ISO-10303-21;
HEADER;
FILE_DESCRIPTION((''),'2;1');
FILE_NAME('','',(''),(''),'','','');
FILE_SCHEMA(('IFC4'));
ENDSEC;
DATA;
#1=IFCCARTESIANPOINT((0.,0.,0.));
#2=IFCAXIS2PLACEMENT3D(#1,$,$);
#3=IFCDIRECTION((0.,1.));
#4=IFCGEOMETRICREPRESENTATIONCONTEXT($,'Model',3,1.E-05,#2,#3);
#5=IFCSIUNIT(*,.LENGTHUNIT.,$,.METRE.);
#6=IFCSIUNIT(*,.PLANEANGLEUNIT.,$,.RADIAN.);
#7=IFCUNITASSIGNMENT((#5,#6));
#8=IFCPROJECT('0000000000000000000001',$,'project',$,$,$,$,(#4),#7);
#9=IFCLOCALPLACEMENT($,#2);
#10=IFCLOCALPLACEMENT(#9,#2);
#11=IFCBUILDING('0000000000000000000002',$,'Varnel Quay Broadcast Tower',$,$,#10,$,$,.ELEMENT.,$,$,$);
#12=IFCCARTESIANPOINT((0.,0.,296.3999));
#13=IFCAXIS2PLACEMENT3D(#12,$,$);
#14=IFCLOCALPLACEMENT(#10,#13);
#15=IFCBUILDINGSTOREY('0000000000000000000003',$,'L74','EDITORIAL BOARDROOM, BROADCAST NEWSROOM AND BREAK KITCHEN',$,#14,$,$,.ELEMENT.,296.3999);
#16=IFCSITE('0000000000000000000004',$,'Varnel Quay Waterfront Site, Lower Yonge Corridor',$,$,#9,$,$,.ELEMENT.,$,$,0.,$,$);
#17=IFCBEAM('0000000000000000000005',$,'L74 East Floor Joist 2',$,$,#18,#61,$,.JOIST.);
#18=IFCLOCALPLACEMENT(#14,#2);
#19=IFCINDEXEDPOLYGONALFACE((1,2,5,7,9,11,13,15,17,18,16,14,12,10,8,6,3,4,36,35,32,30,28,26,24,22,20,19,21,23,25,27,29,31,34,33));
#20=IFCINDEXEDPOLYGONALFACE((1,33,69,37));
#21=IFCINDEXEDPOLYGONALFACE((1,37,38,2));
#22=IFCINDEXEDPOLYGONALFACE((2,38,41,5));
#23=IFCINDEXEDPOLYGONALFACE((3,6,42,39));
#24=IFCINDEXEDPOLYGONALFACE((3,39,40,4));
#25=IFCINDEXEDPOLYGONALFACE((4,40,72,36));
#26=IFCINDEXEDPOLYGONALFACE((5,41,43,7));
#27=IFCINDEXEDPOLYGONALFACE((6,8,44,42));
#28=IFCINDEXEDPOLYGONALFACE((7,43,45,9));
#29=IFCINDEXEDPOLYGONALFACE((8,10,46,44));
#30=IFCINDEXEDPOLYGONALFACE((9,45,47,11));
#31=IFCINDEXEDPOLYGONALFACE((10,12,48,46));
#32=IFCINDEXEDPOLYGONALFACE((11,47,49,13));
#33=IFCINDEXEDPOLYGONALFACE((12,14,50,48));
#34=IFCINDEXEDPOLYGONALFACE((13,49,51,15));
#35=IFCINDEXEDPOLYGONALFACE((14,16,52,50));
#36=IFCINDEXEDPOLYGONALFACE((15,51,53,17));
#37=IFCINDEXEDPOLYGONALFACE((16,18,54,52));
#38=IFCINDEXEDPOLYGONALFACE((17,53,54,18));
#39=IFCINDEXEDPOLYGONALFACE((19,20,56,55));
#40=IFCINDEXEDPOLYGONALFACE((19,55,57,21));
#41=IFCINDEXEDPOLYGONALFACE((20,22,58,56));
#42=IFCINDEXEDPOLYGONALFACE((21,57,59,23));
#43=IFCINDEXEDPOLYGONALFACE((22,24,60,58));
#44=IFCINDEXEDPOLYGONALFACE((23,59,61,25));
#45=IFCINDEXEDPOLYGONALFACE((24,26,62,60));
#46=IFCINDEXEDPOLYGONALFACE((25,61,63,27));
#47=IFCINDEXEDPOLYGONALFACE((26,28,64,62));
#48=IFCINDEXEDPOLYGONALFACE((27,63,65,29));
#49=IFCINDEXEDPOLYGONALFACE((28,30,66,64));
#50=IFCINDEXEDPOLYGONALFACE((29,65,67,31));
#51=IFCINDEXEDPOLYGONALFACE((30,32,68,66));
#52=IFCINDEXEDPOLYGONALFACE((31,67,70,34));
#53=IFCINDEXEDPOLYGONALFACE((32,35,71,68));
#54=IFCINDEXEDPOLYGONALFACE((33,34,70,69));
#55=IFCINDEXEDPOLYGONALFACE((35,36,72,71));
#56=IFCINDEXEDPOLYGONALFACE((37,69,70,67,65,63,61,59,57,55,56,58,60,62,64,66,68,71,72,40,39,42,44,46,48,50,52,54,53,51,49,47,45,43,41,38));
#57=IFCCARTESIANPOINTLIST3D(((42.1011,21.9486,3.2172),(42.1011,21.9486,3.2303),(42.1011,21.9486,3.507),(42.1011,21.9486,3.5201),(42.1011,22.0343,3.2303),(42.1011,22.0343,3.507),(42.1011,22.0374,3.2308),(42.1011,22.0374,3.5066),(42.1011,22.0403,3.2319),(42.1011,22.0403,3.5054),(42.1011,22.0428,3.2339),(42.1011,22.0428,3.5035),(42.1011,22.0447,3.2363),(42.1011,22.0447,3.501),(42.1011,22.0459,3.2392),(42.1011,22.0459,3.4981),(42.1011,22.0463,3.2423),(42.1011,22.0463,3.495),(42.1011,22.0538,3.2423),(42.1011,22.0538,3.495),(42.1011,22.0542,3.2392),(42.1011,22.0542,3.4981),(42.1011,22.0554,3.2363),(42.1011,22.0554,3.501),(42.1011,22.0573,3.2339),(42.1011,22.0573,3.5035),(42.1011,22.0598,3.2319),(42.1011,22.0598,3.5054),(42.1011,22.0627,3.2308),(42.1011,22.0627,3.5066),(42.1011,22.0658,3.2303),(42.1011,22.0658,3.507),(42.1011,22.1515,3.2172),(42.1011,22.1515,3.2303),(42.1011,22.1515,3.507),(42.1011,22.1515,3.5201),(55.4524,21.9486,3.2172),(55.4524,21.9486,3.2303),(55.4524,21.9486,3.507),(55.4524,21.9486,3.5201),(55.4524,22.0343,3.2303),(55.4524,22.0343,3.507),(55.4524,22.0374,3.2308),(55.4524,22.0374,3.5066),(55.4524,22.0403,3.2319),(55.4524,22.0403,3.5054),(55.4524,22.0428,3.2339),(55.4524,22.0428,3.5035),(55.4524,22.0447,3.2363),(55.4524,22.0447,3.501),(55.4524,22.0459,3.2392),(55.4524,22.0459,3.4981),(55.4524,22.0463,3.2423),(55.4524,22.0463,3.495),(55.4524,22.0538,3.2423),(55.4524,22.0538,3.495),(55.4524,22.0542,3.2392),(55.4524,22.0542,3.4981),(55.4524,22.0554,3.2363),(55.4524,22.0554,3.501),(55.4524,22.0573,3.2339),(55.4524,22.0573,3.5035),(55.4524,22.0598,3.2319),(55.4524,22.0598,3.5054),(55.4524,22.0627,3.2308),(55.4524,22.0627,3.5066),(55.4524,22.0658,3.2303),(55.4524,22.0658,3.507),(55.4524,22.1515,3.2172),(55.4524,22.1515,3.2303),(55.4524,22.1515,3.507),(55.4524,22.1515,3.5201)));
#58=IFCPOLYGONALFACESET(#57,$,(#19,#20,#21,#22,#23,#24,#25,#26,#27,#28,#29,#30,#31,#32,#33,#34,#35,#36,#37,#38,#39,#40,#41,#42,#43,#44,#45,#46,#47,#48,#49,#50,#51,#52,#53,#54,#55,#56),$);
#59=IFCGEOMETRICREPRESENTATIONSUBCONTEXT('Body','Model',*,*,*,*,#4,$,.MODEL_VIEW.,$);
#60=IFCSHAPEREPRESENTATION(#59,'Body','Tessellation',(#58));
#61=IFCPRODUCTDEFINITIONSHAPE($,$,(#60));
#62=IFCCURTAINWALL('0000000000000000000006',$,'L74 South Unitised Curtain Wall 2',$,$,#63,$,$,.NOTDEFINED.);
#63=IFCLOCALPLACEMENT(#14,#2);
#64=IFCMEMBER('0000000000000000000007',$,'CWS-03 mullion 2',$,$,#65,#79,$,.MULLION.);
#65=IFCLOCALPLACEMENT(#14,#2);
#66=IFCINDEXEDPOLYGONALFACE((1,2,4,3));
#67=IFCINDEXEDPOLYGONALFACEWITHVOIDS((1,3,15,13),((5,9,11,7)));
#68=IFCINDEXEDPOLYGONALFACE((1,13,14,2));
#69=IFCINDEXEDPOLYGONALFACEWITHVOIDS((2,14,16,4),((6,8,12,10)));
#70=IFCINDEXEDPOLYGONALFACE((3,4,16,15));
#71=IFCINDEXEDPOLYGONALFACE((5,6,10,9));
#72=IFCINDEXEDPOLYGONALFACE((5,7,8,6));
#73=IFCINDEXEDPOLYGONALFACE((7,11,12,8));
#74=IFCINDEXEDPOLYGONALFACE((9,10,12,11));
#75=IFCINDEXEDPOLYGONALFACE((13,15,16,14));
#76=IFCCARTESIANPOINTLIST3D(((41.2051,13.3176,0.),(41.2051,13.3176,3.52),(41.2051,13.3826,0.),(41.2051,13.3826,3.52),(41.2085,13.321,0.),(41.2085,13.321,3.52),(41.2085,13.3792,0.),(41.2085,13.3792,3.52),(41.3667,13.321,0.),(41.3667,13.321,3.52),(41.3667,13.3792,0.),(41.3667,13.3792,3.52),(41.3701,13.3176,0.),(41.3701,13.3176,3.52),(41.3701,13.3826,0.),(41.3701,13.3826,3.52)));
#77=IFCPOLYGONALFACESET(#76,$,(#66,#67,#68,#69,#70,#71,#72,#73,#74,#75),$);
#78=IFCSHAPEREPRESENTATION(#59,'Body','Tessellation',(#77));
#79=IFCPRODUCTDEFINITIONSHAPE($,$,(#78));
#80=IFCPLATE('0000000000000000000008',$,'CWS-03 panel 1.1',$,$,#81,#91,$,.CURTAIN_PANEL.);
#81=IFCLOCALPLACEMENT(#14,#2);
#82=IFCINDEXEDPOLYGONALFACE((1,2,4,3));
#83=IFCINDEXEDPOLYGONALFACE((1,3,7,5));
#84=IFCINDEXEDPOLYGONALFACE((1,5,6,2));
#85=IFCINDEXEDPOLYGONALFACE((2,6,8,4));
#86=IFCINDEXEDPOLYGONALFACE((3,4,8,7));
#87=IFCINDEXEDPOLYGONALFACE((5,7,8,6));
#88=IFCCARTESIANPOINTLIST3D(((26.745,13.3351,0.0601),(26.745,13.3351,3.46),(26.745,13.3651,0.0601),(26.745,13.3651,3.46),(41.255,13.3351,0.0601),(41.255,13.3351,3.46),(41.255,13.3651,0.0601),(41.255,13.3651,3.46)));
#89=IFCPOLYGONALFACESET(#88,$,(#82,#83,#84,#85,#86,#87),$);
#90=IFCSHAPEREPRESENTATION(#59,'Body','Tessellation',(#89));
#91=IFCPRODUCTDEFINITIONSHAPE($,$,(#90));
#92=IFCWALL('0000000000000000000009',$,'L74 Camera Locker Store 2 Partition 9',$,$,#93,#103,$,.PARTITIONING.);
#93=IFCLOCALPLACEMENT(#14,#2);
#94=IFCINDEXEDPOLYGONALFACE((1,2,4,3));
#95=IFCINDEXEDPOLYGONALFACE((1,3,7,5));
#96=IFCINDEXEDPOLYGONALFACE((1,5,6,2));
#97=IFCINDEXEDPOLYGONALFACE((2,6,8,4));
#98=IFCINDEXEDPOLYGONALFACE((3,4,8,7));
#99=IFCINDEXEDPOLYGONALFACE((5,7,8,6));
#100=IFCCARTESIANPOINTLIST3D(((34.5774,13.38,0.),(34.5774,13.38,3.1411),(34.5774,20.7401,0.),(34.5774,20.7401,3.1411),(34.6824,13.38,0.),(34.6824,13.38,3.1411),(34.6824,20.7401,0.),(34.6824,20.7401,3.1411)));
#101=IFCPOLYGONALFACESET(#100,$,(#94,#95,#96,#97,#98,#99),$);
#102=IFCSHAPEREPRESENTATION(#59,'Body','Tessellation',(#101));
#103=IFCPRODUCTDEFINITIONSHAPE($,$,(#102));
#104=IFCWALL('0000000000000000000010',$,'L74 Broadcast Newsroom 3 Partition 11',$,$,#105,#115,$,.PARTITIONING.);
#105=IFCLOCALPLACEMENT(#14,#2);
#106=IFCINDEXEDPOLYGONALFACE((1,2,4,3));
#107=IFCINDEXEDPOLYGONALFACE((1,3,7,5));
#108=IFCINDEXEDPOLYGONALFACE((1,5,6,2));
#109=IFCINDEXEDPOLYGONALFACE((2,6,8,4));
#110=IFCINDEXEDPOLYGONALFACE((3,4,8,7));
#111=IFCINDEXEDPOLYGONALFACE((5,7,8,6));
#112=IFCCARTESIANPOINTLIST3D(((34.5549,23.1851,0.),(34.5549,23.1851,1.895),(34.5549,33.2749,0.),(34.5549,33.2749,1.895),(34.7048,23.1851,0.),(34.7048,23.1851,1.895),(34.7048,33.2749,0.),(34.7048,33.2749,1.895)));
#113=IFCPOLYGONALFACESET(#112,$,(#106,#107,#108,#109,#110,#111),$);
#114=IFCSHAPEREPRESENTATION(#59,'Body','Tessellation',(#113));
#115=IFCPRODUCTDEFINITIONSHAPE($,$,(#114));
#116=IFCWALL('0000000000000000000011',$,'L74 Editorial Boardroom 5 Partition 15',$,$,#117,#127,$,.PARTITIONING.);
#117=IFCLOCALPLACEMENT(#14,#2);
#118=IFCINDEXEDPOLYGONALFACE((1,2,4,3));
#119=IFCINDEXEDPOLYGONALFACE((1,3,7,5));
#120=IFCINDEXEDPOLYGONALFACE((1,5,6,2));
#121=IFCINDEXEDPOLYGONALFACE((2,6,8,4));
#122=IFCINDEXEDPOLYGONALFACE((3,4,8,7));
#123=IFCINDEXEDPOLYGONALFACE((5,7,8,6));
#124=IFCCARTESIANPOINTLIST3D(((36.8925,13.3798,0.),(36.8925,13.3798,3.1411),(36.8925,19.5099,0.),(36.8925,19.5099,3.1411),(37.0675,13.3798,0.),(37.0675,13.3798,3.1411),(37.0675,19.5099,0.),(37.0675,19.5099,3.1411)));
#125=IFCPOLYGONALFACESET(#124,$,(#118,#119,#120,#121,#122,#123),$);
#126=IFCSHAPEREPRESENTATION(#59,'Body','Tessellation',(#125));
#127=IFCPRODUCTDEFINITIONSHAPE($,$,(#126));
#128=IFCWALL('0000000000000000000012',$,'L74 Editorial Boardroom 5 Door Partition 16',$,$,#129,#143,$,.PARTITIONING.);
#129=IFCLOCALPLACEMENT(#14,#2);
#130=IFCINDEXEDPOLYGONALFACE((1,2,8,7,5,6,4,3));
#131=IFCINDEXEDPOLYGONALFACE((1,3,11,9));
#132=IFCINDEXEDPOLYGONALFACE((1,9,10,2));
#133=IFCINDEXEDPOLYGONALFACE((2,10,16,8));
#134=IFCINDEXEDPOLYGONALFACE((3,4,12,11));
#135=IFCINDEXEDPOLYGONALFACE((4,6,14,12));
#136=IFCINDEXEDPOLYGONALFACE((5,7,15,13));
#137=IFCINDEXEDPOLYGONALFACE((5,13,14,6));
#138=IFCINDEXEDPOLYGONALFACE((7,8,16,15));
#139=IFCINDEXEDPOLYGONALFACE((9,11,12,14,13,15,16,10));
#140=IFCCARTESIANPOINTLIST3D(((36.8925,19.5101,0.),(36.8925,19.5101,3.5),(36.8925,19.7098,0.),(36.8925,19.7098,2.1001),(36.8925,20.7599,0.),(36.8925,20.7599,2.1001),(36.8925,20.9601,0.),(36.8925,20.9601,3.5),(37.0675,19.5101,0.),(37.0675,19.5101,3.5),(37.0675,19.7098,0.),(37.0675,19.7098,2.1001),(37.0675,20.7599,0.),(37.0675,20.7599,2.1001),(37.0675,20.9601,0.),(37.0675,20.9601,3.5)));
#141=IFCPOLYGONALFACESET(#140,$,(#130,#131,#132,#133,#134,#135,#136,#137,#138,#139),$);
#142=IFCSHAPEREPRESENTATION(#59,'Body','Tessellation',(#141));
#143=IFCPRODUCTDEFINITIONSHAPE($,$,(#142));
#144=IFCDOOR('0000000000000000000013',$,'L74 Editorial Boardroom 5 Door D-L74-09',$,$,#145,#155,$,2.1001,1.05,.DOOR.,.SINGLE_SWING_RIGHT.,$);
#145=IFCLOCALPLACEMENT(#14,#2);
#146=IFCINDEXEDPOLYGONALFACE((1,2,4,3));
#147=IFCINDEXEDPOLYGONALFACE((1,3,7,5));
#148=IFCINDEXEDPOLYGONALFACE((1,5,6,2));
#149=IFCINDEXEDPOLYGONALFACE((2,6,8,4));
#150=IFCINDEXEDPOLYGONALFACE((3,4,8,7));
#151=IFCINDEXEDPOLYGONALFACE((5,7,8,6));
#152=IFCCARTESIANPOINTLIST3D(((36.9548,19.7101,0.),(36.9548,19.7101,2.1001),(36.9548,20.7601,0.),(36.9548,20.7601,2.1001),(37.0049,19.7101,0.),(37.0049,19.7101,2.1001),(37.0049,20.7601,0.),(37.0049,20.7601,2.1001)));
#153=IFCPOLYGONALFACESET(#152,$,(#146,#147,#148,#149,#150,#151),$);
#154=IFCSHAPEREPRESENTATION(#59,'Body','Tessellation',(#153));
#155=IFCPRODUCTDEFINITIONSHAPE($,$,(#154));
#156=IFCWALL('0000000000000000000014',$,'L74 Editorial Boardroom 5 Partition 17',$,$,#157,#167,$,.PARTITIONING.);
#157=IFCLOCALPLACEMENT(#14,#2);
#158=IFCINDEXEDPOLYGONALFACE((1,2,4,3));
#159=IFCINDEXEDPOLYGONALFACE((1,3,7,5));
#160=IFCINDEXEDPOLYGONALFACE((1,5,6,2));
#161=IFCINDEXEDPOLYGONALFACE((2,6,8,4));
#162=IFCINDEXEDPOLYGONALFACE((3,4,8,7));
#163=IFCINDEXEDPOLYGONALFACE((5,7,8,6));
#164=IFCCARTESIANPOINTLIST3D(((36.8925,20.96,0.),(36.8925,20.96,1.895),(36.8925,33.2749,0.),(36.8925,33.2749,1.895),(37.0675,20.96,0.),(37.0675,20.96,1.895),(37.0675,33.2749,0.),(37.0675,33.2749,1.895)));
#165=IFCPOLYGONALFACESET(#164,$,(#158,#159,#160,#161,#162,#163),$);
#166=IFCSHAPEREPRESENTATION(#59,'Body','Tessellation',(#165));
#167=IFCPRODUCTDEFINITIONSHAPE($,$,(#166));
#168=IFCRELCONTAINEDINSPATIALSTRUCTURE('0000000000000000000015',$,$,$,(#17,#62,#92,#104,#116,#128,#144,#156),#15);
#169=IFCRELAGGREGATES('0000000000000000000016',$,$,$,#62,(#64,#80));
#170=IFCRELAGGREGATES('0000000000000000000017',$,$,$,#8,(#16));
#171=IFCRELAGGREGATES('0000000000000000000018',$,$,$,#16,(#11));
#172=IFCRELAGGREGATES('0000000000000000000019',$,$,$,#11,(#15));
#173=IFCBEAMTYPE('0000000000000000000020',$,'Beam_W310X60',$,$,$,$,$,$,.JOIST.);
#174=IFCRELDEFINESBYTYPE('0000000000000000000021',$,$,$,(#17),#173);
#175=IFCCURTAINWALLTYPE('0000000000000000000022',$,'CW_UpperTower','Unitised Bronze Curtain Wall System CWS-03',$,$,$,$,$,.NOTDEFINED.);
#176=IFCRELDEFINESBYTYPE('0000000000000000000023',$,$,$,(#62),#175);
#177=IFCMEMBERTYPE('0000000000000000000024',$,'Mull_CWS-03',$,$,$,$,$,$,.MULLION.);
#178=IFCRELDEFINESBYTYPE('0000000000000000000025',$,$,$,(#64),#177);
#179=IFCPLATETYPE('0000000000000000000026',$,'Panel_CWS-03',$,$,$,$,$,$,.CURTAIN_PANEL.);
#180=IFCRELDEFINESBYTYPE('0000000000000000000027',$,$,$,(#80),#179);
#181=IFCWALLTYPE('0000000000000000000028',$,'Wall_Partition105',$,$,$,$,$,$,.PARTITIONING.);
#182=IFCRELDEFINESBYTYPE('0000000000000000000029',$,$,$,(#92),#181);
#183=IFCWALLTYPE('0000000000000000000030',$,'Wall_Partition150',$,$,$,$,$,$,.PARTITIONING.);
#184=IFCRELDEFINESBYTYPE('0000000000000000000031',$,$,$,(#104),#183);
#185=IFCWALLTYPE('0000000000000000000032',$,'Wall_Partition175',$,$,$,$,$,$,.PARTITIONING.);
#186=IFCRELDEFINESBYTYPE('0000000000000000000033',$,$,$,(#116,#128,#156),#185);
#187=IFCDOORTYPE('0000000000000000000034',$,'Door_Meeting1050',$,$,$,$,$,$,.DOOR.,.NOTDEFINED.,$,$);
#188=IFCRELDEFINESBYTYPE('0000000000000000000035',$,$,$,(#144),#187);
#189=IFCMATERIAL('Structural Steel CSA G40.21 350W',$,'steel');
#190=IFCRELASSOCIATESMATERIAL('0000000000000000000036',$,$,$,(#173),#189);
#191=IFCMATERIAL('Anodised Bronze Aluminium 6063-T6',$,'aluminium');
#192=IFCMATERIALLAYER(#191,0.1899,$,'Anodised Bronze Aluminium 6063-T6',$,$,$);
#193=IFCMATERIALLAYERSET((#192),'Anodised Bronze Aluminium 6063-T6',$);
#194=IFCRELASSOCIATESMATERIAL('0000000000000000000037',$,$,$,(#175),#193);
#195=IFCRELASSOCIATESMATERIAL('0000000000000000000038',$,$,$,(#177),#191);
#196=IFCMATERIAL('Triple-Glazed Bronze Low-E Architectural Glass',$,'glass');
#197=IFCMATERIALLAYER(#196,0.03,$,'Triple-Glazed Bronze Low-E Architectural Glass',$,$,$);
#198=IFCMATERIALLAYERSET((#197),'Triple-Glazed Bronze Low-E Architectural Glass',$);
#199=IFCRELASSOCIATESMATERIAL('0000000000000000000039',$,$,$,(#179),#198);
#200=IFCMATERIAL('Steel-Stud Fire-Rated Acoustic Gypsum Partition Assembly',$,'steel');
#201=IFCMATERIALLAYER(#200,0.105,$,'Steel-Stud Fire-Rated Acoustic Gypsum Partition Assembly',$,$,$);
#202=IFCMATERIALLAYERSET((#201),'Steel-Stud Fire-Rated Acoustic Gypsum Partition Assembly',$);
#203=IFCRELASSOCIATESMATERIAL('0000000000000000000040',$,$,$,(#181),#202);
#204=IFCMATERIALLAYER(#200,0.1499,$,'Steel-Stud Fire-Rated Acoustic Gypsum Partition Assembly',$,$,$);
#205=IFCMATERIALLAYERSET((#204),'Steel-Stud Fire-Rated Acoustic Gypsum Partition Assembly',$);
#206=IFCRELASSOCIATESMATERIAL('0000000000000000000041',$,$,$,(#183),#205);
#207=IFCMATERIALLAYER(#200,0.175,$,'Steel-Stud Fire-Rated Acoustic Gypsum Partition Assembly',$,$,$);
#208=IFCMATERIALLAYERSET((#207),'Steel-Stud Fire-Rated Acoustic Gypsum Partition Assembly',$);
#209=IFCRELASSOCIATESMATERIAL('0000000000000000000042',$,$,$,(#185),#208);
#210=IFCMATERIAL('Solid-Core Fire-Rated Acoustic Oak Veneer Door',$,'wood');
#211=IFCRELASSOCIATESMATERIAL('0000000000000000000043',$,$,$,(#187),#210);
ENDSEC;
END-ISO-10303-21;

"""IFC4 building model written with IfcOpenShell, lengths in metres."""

from ifc_helpers import new_model, si_unit, direction, frame, frame_2d, origin, origin_2d, place, context, subcontext, project, spatial, rectangle, hollow_rectangle, i_section, extrude, source, transform, mapped, material, layer, layer_set, material_profile, profile_set, type_object, type_shapes, element, fill, aggregate, save


model = new_model("IFC4")

# Units and contexts
model_context = context("Model", 3, precision=1e-05, world=origin(), true_north=direction((0.0, 1.0)))
body_context = subcontext(model_context, "Body", "Model", "MODEL_VIEW")
ifc_project = project(units=[si_unit("LENGTHUNIT", "METRE"), si_unit("PLANEANGLEUNIT", "RADIAN")], contexts=[model_context])

# Site, building, storey
site_placement = place(None, origin())
site = spatial("IfcSite", under=ifc_project, at=site_placement, Name="Varnel Quay Waterfront Site, Lower Yonge Corridor", CompositionType="ELEMENT", RefElevation=0.0)
building_placement = place(site_placement, origin())
building = spatial("IfcBuilding", under=site, at=building_placement, Name="Varnel Quay Broadcast Tower", CompositionType="ELEMENT")
storey_placement = place(building_placement, frame((0.0, 0.0, 296.3999)))
storey = spatial("IfcBuildingStorey", under=building, at=storey_placement, Name="L74", Description="EDITORIAL BOARDROOM, BROADCAST NEWSROOM AND BREAK KITCHEN", CompositionType="ELEMENT", Elevation=296.3999)

# Shared definitions
ifc_material_1 = material(Name="Structural Steel CSA G40.21 350W", Category="steel")

# Beam
ifc_material_profile_1 = material_profile(ifc_material_1, i_section(OverallWidth=0.2029, OverallDepth=0.303, WebThickness=0.0076, FlangeThickness=0.0132, FilletRadius=0.012, at=origin_2d()), Name="W310X60")
ifc_profile_set_1 = profile_set([ifc_material_profile_1], Name="Structural Steel CSA G40.21 350W")
beam_type_1 = type_object("IfcBeamType", Name="Beam_W310X60", PredefinedType="JOIST", material=ifc_profile_set_1)
shared_shape_1 = source(origin(), body_context, "Body", "SweptSolid", [
    extrude(i_section(OverallWidth=0.2029, OverallDepth=0.303, WebThickness=0.0076, FlangeThickness=0.0132, FilletRadius=0.012, at=origin_2d()), origin(), (0.0, 0.0, 1.0), 13.3513),
])
type_shapes(beam_type_1, [shared_shape_1])
beam_1_placement = place(storey_placement, frame((42.1011, 22.05, 3.3687), z_axis=(1.0, 0.0, 0.0), x_axis=(0.0, 1.0, 0.0)))
element("IfcBeam", 1, at=beam_1_placement, inside=storey, type_object=beam_type_1, Name="L74 East Floor Joist 2", PredefinedType="JOIST", context=body_context, shape_type="MappedRepresentation", body=[
    mapped(shared_shape_1, transform((0.0, 0.0, 0.0), x_axis=(1.0, 0.0, 0.0), y_axis=(0.0, 1.0, 0.0), z_axis=(0.0, 0.0, 1.0), scale=1.0)),
])

# Curtain wall, member, plate
ifc_material_2 = material(Name="Anodised Bronze Aluminium 6063-T6", Category="aluminium")
ifc_layer_1 = layer(ifc_material_2, 0.1899, Name="Anodised Bronze Aluminium 6063-T6")
ifc_layer_set_1 = layer_set([ifc_layer_1], Name="Anodised Bronze Aluminium 6063-T6")
curtain_wall_type = type_object("IfcCurtainWallType", Name="CW_UpperTower", Description="Unitised Bronze Curtain Wall System CWS-03", PredefinedType="NOTDEFINED", material=ifc_layer_set_1)
curtain_wall_placement = place(storey_placement, origin())
curtain_wall = element("IfcCurtainWall", 2, at=curtain_wall_placement, inside=storey, type_object=curtain_wall_type, Name="L74 South Unitised Curtain Wall 2", PredefinedType="NOTDEFINED")
ifc_material_profile_2 = material_profile(ifc_material_2, hollow_rectangle(XDim=0.0649, YDim=0.165, WallThickness=0.0034, at=origin_2d()), Name="ALU65X165X3.5")
ifc_profile_set_2 = profile_set([ifc_material_profile_2], Name="Anodised Bronze Aluminium 6063-T6")
member_type = type_object("IfcMemberType", Name="Mull_CWS-03", PredefinedType="MULLION", material=ifc_profile_set_2)
shared_shape_2 = source(origin(), body_context, "Body", "SweptSolid", [
    extrude(hollow_rectangle(XDim=0.0649, YDim=0.165, WallThickness=0.0034, at=origin_2d()), origin(), (0.0, 0.0, 1.0), 3.52),
])
type_shapes(member_type, [shared_shape_2])
member_placement = place(storey_placement, frame((41.2876, 13.3501, 0.0), z_axis=(0.0, 0.0, 1.0), x_axis=(0.0, 1.0, 0.0)))
member = element("IfcMember", 3, at=member_placement, type_object=member_type, Name="CWS-03 mullion 2", PredefinedType="MULLION", context=body_context, shape_type="MappedRepresentation", body=[
    mapped(shared_shape_2, transform((0.0, 0.0, 0.0), x_axis=(1.0, 0.0, 0.0), y_axis=(0.0, 1.0, 0.0), z_axis=(0.0, 0.0, 1.0), scale=1.0)),
])
ifc_material_3 = material(Name="Triple-Glazed Bronze Low-E Architectural Glass", Category="glass")
ifc_layer_2 = layer(ifc_material_3, 0.03, Name="Triple-Glazed Bronze Low-E Architectural Glass")
ifc_layer_set_2 = layer_set([ifc_layer_2], Name="Triple-Glazed Bronze Low-E Architectural Glass")
plate_type = type_object("IfcPlateType", Name="Panel_CWS-03", PredefinedType="CURTAIN_PANEL", material=ifc_layer_set_2)
shared_shape_3 = source(origin(), body_context, "Body", "SweptSolid", [
    extrude(rectangle(XDim=14.51, YDim=0.03, at=origin_2d()), origin(), (0.0, 0.0, 1.0), 3.3999),
])
type_shapes(plate_type, [shared_shape_3])
plate_placement = place(storey_placement, frame((34.0, 13.3501, 0.0601), z_axis=(0.0, 0.0, 1.0), x_axis=(1.0, 0.0, 0.0)))
plate = element("IfcPlate", 4, at=plate_placement, type_object=plate_type, Name="CWS-03 panel 1.1", PredefinedType="CURTAIN_PANEL", context=body_context, shape_type="MappedRepresentation", body=[
    mapped(shared_shape_3, transform((0.0, 0.0, 0.0), x_axis=(1.0, 0.0, 0.0), y_axis=(0.0, 1.0, 0.0), z_axis=(0.0, 0.0, 1.0), scale=1.0)),
])
aggregate(curtain_wall, [member, plate])

# Walls
ifc_material_4 = material(Name="Steel-Stud Fire-Rated Acoustic Gypsum Partition Assembly", Category="steel")
ifc_layer_3 = layer(ifc_material_4, 0.105, Name="Steel-Stud Fire-Rated Acoustic Gypsum Partition Assembly")
ifc_layer_set_3 = layer_set([ifc_layer_3], Name="Steel-Stud Fire-Rated Acoustic Gypsum Partition Assembly")
wall_type_1 = type_object("IfcWallType", Name="Wall_Partition105", PredefinedType="PARTITIONING", material=ifc_layer_set_3)
wall_1_placement = place(storey_placement, frame((34.6299, 13.3799, 0.0), z_axis=(0.0, 0.0, 1.0), x_axis=(0.0, 1.0, 0.0)))
element("IfcWall", 5, at=wall_1_placement, inside=storey, type_object=wall_type_1, Name="L74 Camera Locker Store 2 Partition 9", PredefinedType="PARTITIONING", context=body_context, shape_type="SweptSolid", body=[
    extrude(rectangle(XDim=7.3601, YDim=0.105, at=frame_2d((3.6802, 0.0))), origin(), (0.0, 0.0, 1.0), 3.1411),
])
ifc_layer_4 = layer(ifc_material_4, 0.1499, Name="Steel-Stud Fire-Rated Acoustic Gypsum Partition Assembly")
ifc_layer_set_4 = layer_set([ifc_layer_4], Name="Steel-Stud Fire-Rated Acoustic Gypsum Partition Assembly")
wall_type_2 = type_object("IfcWallType", Name="Wall_Partition150", PredefinedType="PARTITIONING", material=ifc_layer_set_4)
wall_2_placement = place(storey_placement, frame((34.6299, 23.1851, 0.0), z_axis=(0.0, 0.0, 1.0), x_axis=(0.0, 1.0, 0.0)))
element("IfcWall", 6, at=wall_2_placement, inside=storey, type_object=wall_type_2, Name="L74 Broadcast Newsroom 3 Partition 11", PredefinedType="PARTITIONING", context=body_context, shape_type="SweptSolid", body=[
    extrude(rectangle(XDim=10.0898, YDim=0.1499, at=frame_2d((5.0449, 0.0))), origin(), (0.0, 0.0, 1.0), 1.895),
])
ifc_layer_5 = layer(ifc_material_4, 0.175, Name="Steel-Stud Fire-Rated Acoustic Gypsum Partition Assembly")
ifc_layer_set_5 = layer_set([ifc_layer_5], Name="Steel-Stud Fire-Rated Acoustic Gypsum Partition Assembly")
wall_type_3 = type_object("IfcWallType", Name="Wall_Partition175", PredefinedType="PARTITIONING", material=ifc_layer_set_5)
wall_3_placement = place(storey_placement, frame((36.98, 13.3799, 0.0), z_axis=(0.0, 0.0, 1.0), x_axis=(0.0, 1.0, 0.0)))
element("IfcWall", 7, at=wall_3_placement, inside=storey, type_object=wall_type_3, Name="L74 Editorial Boardroom 5 Partition 15", PredefinedType="PARTITIONING", context=body_context, shape_type="SweptSolid", body=[
    extrude(rectangle(XDim=6.1301, YDim=0.175, at=frame_2d((3.0649, 0.0))), origin(), (0.0, 0.0, 1.0), 3.1411),
])

# Wall, opening, door
wall_4_placement = place(storey_placement, frame((36.98, 19.51, 0.0), z_axis=(0.0, 0.0, 1.0), x_axis=(0.0, 1.0, 0.0)))
wall_4 = element("IfcWall", 8, at=wall_4_placement, inside=storey, type_object=wall_type_3, Name="L74 Editorial Boardroom 5 Door Partition 16", PredefinedType="PARTITIONING", context=body_context, shape_type="SweptSolid", body=[
    extrude(rectangle(XDim=1.45, YDim=0.175, at=frame_2d((0.7251, 0.0))), origin(), (0.0, 0.0, 1.0), 3.5),
])
opening_1_placement = place(wall_4_placement, frame((0.2, 0.0, 0.0)))
opening_1 = element("IfcOpeningElement", 9, at=opening_1_placement, cuts=wall_4, PredefinedType="OPENING", context=body_context, shape_type="SweptSolid", body=[
    extrude(rectangle(XDim=1.05, YDim=2.1001, at=frame_2d((0.5249, 1.05))), frame((0.0, 0.0977, 0.0), z_axis=(0.0, -1.0, 0.0), x_axis=(1.0, 0.0, 0.0)), (0.0, 0.0, 1.0), 0.1951),
])
ifc_material_5 = material(Name="Solid-Core Fire-Rated Acoustic Oak Veneer Door", Category="wood")
door_type_1 = type_object("IfcDoorType", Name="Door_Meeting1050", OperationType="NOTDEFINED", PredefinedType="DOOR", material=ifc_material_5)
shared_shape_4 = source(origin(), body_context, "Body", "SweptSolid", [
    extrude(rectangle(XDim=1.05, YDim=2.1001, at=frame_2d((0.5249, 1.05))), frame((0.0, 0.0249, 0.0), z_axis=(0.0, -1.0, 0.0), x_axis=(1.0, 0.0, 0.0)), (0.0, 0.0, 1.0), 0.05),
])
type_shapes(door_type_1, [shared_shape_4])
door_1_placement = place(opening_1_placement, frame((1.05, 0.0, 0.0), z_axis=(0.0, 0.0, 1.0), x_axis=(-1.0, 0.0, 0.0)))
door_1 = element("IfcDoor", 10, at=door_1_placement, inside=storey, type_object=door_type_1, Name="L74 Editorial Boardroom 5 Door D-L74-09", OperationType="SINGLE_SWING_RIGHT", OverallHeight=2.1001, OverallWidth=1.05, PredefinedType="DOOR", context=body_context, shape_type="MappedRepresentation", body=[
    mapped(shared_shape_4, transform((0.0, 0.0, 0.0), x_axis=(1.0, 0.0, 0.0), y_axis=(0.0, 1.0, 0.0), z_axis=(0.0, 0.0, 1.0), scale=1.0)),
])
fill(opening_1, door_1)

# Wall
wall_5_placement = place(storey_placement, frame((36.98, 20.96, 0.0), z_axis=(0.0, 0.0, 1.0), x_axis=(0.0, 1.0, 0.0)))
element("IfcWall", 11, at=wall_5_placement, inside=storey, type_object=wall_type_3, Name="L74 Editorial Boardroom 5 Partition 17", PredefinedType="PARTITIONING", context=body_context, shape_type="SweptSolid", body=[
    extrude(rectangle(XDim=12.3149, YDim=0.175, at=frame_2d((6.1575, 0.0))), origin(), (0.0, 0.0, 1.0), 1.895),
])

save(model, "model.ifc")
